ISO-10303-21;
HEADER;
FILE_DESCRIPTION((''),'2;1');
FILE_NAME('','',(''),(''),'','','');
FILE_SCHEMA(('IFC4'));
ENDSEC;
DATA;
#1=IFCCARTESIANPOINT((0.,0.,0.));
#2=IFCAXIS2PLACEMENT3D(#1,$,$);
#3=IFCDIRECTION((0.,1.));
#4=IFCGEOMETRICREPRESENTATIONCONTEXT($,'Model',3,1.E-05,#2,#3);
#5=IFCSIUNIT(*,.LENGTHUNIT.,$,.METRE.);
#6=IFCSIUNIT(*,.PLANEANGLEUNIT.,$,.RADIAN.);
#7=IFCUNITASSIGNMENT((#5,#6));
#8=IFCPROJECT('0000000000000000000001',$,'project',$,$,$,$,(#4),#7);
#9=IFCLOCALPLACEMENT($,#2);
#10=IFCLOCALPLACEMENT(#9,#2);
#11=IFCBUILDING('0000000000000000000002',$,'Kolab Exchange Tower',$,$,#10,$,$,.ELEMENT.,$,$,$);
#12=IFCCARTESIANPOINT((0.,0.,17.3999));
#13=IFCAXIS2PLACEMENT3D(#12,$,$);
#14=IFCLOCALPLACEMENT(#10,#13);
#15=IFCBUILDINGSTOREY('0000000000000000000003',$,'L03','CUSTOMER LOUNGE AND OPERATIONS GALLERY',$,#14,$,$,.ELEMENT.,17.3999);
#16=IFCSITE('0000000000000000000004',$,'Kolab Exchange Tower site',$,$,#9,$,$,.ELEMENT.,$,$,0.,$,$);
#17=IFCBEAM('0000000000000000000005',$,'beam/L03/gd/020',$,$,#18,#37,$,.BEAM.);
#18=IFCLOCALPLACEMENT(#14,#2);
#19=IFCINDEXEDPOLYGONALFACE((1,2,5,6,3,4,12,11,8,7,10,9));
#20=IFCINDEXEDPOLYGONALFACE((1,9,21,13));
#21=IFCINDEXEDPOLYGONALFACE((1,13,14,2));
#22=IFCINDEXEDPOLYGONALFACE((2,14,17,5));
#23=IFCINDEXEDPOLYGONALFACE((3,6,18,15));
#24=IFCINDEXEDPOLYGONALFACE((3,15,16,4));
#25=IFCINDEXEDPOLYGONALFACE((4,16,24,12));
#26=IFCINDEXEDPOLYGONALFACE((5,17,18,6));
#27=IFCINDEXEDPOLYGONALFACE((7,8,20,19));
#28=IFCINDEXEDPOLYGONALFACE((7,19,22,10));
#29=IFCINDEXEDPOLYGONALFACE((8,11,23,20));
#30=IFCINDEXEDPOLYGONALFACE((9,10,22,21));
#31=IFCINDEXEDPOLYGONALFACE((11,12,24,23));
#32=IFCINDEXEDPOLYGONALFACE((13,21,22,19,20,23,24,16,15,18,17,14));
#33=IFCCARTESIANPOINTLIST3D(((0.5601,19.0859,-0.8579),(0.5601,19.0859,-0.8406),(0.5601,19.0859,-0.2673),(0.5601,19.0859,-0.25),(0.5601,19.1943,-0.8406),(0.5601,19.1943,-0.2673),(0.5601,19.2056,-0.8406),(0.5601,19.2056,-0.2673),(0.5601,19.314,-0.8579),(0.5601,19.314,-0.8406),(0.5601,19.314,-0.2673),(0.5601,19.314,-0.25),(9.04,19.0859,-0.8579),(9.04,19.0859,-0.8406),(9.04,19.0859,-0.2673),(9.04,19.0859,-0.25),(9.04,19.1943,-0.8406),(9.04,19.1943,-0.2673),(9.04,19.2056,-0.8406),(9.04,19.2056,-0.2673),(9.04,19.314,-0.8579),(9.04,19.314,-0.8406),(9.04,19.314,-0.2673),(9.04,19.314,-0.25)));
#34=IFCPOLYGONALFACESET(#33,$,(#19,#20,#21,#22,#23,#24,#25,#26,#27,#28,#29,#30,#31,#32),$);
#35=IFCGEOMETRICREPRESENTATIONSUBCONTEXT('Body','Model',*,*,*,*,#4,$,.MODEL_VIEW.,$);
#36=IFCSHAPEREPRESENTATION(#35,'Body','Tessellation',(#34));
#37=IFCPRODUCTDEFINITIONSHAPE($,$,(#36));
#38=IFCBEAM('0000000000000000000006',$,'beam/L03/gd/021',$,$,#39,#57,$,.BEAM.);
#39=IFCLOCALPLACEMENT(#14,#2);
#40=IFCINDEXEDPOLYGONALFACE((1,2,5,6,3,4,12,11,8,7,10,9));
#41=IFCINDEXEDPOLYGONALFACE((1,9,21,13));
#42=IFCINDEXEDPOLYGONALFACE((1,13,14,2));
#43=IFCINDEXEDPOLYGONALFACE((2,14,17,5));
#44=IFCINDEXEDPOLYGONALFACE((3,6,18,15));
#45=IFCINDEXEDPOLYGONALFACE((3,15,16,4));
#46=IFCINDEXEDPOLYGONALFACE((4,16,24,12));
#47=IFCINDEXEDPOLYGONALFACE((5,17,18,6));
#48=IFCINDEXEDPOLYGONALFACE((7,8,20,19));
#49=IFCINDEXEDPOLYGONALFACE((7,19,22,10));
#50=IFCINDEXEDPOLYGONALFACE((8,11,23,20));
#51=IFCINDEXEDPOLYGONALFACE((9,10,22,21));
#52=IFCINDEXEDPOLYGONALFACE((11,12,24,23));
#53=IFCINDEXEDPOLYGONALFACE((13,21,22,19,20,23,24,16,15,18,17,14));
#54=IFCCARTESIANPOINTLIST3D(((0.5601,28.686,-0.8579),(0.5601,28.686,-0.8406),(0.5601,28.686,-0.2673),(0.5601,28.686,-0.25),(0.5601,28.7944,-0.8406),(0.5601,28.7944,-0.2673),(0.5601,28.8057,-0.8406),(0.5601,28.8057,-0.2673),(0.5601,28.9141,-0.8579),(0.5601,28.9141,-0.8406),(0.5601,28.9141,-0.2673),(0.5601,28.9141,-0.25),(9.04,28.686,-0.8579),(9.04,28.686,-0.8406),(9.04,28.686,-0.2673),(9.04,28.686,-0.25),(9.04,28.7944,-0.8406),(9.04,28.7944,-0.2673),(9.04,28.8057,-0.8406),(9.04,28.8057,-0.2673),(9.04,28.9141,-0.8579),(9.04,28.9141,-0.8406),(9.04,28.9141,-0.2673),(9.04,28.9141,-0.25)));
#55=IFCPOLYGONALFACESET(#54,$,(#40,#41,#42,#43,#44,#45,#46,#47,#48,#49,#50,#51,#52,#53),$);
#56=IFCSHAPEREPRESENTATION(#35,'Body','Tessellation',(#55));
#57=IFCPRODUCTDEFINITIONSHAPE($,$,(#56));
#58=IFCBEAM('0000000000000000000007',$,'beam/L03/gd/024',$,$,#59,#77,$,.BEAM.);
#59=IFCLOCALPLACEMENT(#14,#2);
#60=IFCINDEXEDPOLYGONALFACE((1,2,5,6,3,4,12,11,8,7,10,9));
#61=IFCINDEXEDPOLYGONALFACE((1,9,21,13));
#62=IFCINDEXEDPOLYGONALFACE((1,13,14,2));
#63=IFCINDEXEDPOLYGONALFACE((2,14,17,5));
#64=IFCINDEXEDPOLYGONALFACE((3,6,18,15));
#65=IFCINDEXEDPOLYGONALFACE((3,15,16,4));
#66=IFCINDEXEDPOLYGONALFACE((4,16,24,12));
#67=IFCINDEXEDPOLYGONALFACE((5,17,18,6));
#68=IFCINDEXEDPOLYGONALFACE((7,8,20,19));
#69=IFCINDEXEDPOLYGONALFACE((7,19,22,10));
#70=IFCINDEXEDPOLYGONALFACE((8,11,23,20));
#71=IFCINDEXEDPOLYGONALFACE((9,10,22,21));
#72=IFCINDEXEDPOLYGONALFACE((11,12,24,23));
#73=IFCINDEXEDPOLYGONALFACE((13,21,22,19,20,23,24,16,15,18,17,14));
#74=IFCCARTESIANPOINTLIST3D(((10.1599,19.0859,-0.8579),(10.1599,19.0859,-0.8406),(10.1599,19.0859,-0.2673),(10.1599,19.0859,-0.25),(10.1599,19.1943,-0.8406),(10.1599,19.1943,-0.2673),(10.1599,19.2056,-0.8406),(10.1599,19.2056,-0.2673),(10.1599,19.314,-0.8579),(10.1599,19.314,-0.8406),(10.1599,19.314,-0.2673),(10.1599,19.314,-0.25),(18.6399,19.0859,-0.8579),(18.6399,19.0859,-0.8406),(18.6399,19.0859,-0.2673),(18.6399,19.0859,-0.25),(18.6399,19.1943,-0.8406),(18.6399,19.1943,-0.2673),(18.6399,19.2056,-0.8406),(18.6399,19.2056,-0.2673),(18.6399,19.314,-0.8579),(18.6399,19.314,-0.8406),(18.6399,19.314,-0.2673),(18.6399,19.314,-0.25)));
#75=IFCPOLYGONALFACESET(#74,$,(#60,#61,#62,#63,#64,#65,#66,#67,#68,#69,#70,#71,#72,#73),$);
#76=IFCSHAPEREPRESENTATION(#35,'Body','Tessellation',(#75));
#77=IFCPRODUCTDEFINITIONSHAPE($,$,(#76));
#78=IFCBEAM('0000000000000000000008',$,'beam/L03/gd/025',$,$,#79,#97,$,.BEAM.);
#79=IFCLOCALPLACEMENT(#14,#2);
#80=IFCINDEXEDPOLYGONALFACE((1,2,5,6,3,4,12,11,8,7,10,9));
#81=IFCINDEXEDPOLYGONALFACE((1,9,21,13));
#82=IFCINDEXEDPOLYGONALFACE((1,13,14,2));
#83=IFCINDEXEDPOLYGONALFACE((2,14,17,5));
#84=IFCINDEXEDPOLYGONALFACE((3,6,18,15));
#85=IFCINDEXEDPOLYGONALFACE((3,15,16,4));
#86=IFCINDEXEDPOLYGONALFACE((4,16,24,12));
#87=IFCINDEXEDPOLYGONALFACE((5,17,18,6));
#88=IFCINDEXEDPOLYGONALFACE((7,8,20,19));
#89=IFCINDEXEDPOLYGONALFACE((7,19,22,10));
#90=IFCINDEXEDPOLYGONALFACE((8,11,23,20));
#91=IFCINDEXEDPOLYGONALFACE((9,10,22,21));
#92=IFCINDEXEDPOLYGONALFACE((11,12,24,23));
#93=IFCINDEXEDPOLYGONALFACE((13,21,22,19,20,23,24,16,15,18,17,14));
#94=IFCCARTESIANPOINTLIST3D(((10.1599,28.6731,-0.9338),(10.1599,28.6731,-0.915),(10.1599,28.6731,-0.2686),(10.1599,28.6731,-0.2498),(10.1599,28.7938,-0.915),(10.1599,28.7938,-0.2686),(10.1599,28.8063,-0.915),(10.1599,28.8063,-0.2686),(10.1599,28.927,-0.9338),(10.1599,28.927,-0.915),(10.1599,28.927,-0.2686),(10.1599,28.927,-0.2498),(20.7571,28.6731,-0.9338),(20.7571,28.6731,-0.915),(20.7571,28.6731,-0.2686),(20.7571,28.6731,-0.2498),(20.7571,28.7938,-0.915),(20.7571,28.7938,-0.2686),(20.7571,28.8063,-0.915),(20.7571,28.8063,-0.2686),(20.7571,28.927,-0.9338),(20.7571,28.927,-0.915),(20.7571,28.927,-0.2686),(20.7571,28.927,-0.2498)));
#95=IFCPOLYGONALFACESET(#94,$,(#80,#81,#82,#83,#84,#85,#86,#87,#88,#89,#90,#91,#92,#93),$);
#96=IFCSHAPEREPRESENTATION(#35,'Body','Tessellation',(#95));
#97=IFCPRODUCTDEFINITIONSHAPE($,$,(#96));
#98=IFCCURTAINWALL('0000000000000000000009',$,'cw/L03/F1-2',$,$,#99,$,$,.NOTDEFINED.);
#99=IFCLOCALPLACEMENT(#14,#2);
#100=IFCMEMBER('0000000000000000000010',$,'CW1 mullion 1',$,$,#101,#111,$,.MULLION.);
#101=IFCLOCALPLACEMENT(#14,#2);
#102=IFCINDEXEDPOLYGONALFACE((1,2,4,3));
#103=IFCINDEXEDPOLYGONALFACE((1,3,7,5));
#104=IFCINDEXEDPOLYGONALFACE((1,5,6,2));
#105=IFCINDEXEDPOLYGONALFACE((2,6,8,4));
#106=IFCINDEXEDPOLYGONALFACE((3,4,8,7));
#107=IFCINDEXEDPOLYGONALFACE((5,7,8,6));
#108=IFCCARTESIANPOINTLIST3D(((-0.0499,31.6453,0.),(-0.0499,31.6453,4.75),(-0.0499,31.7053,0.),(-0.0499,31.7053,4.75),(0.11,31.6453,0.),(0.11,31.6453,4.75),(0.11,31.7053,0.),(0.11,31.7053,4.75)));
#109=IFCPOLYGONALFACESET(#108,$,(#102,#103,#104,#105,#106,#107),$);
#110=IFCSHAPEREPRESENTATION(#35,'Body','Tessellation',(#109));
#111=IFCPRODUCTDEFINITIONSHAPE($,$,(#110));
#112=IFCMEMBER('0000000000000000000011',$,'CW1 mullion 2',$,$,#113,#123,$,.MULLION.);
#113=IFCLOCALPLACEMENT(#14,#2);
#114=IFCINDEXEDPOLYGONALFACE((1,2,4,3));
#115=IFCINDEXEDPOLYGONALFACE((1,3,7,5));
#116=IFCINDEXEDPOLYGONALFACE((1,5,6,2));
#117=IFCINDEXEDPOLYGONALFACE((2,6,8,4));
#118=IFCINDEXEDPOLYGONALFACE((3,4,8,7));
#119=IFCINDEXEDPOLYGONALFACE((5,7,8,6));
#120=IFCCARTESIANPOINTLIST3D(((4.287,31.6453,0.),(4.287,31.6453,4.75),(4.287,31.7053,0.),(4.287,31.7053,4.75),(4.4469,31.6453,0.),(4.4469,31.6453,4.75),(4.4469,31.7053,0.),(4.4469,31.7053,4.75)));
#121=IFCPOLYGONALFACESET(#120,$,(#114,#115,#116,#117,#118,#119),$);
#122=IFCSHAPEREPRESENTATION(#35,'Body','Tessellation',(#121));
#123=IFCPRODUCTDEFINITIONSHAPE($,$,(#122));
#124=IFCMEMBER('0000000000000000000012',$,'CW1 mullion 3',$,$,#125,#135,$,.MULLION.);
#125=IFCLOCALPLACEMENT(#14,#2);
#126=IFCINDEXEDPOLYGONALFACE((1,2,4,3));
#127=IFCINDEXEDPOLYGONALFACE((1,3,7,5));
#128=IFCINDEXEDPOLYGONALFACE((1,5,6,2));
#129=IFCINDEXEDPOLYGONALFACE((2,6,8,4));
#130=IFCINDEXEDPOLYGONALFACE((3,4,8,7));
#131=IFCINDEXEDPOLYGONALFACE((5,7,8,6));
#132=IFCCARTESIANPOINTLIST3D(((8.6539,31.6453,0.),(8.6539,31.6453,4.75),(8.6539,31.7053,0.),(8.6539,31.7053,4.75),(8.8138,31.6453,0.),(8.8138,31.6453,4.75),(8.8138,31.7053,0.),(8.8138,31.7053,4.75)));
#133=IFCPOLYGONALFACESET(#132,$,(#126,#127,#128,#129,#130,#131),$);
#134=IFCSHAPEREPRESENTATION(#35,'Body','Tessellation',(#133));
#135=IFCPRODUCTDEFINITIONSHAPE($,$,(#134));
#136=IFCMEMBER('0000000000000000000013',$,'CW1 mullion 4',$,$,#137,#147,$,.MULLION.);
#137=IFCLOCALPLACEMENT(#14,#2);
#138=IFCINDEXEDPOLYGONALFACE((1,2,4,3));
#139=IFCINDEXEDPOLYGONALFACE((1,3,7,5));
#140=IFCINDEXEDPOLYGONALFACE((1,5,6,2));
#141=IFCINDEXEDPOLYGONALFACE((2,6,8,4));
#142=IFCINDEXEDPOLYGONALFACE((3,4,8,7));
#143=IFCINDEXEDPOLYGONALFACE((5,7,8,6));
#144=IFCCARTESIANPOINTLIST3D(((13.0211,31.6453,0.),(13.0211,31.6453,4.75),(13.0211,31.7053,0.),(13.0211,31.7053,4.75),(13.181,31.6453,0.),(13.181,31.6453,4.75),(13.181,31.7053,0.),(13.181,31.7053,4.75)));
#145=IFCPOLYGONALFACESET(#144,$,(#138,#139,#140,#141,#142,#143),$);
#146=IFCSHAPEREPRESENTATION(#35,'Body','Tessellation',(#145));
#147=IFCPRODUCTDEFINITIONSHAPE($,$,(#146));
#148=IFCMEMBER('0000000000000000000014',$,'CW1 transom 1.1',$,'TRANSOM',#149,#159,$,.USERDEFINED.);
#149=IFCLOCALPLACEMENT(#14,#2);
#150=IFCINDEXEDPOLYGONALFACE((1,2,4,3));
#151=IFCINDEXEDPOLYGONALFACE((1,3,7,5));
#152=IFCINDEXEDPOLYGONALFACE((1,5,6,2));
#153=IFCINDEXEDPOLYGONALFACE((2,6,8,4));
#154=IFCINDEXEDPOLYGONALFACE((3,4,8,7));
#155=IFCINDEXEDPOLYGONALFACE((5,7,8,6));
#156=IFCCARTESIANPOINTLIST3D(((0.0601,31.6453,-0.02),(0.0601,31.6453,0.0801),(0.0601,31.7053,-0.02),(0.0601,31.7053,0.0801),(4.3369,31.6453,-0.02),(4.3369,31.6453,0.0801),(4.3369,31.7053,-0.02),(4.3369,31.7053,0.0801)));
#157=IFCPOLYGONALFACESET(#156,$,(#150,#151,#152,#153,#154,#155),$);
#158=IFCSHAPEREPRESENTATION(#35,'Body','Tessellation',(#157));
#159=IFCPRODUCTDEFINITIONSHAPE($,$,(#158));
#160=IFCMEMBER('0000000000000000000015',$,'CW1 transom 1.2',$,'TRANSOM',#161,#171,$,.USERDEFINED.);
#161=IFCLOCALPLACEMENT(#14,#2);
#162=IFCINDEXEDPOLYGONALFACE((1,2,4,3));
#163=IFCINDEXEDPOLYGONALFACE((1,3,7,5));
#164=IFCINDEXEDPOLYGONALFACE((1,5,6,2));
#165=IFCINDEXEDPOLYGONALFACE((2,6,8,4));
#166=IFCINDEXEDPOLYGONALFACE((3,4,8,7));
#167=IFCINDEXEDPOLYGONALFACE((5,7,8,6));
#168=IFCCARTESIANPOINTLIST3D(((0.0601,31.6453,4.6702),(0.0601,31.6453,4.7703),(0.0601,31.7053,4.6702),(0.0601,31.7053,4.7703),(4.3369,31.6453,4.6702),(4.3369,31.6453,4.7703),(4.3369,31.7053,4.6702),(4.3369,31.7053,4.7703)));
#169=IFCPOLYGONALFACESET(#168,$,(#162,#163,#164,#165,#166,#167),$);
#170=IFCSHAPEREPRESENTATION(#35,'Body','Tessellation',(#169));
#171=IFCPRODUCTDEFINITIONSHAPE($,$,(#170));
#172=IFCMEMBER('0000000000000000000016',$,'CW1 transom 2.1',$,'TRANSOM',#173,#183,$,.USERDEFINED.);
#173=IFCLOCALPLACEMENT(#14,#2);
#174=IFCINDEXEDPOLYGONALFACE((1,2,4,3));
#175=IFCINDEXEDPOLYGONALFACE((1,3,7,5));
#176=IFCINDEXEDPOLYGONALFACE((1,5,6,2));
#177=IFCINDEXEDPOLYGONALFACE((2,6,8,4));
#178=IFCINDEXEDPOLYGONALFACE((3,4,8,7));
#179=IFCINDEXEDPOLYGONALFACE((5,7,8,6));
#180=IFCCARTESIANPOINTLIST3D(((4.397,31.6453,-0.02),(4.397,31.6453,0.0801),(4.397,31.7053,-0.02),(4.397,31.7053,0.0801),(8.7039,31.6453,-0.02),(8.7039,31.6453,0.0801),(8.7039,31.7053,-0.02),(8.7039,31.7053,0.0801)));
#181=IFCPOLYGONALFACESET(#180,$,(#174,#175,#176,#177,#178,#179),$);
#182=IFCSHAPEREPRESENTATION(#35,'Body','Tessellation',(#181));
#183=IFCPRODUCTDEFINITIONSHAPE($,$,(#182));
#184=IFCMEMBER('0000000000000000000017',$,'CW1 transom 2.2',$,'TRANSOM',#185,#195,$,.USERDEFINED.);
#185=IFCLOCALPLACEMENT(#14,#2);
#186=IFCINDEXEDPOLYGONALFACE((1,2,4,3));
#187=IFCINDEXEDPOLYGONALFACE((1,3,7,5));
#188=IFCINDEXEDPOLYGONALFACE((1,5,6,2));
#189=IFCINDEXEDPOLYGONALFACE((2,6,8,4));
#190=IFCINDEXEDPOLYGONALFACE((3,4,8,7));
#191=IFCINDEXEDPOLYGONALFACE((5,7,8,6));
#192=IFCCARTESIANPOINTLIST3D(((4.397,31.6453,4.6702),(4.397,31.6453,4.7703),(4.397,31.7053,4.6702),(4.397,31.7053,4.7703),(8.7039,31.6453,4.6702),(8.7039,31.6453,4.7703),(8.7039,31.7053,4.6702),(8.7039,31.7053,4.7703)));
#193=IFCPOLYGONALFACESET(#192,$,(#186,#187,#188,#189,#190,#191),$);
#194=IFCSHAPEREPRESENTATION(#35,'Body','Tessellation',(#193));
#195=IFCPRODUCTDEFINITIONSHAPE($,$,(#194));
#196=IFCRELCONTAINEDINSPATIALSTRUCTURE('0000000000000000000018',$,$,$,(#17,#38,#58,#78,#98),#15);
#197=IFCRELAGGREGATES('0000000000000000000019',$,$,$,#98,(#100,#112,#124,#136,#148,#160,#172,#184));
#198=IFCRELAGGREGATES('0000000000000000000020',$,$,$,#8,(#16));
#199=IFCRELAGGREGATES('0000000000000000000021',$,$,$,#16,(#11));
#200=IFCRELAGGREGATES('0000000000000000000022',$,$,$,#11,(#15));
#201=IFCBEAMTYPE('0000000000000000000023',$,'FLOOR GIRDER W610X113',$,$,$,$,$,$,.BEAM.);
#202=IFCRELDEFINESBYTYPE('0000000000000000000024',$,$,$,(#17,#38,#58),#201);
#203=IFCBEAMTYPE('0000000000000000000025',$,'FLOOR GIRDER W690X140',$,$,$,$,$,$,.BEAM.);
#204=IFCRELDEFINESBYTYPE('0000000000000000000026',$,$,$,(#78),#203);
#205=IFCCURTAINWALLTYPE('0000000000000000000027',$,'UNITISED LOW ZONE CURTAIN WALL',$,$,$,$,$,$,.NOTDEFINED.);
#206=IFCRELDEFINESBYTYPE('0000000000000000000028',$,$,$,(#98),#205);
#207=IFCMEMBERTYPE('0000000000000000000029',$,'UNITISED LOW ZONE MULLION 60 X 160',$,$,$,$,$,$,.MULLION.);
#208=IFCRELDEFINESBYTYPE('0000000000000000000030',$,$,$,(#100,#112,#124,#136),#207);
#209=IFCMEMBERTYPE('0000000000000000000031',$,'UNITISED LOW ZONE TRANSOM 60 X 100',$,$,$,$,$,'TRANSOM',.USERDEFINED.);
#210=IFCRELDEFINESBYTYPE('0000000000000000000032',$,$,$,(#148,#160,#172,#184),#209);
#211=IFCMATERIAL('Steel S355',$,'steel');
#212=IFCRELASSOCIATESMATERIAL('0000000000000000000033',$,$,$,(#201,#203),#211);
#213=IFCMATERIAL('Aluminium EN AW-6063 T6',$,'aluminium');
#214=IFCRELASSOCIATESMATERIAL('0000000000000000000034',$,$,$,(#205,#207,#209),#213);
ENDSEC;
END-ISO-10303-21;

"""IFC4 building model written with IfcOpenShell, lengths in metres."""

from ifc_helpers import new_model, si_unit, direction, frame, origin, origin_2d, place, context, subcontext, project, spatial, rectangle, i_section, extrude, material, material_profile, profile_set, type_object, element, aggregate, save


model = new_model("IFC4")

# Units and contexts
model_context = context("Model", 3, precision=1e-05, world=origin(), true_north=direction((0.0, 1.0)))
body_context = subcontext(model_context, "Body", "Model", "MODEL_VIEW")
ifc_project = project(units=[si_unit("LENGTHUNIT", "METRE"), si_unit("PLANEANGLEUNIT", "RADIAN")], contexts=[model_context])

# Site, building, storey
site_placement = place(None, origin())
site = spatial("IfcSite", under=ifc_project, at=site_placement, Name="Kolab Exchange Tower site", CompositionType="ELEMENT", RefElevation=0.0)
building_placement = place(site_placement, origin())
building = spatial("IfcBuilding", under=site, at=building_placement, Name="Kolab Exchange Tower", CompositionType="ELEMENT")
storey_placement = place(building_placement, frame((0.0, 0.0, 17.3999)))
storey = spatial("IfcBuildingStorey", under=building, at=storey_placement, Name="L03", Description="CUSTOMER LOUNGE AND OPERATIONS GALLERY", CompositionType="ELEMENT", Elevation=17.3999)

# Beams
ifc_material_1 = material(Name="Steel S355", Category="steel")
ifc_material_profile_1 = material_profile(ifc_material_1, i_section(OverallWidth=0.228, OverallDepth=0.6079, WebThickness=0.0112, FlangeThickness=0.0173, at=origin_2d()), Name="W610X113")
ifc_profile_set_1 = profile_set([ifc_material_profile_1], Name="Steel S355")
beam_type_1 = type_object("IfcBeamType", Name="FLOOR GIRDER W610X113", PredefinedType="BEAM", material=ifc_profile_set_1)
for number, where, z_axis, x_axis, name in (
    (1, (0.5601, 19.2, -0.554), (1.0, 0.0, 0.0), (0.0, 1.0, 0.0), "beam/L03/gd/020"),
    (2, (0.5601, 28.8, -0.554), (1.0, 0.0, 0.0), (0.0, 1.0, 0.0), "beam/L03/gd/021"),
    (3, (10.1599, 19.2, -0.554), (1.0, 0.0, 0.0), (0.0, 1.0, 0.0), "beam/L03/gd/024"),
):
    element("IfcBeam", number, at=place(storey_placement, frame(where, z_axis=z_axis, x_axis=x_axis)), inside=storey, type_object=beam_type_1, Name=name, PredefinedType="BEAM", context=body_context, shape_type="SweptSolid", body=[
        extrude(i_section(OverallWidth=0.228, OverallDepth=0.6079, WebThickness=0.0112, FlangeThickness=0.0173, at=origin_2d()), origin(), (0.0, 0.0, 1.0), 8.48),
    ])
ifc_material_profile_2 = material_profile(ifc_material_1, i_section(OverallWidth=0.2539, OverallDepth=0.6841, WebThickness=0.0125, FlangeThickness=0.0188, at=origin_2d()), Name="W690X140")
ifc_profile_set_2 = profile_set([ifc_material_profile_2], Name="Steel S355")
beam_type_2 = type_object("IfcBeamType", Name="FLOOR GIRDER W690X140", PredefinedType="BEAM", material=ifc_profile_set_2)
beam_1_placement = place(storey_placement, frame((10.1599, 28.8, -0.5918), z_axis=(1.0, 0.0, 0.0), x_axis=(0.0, 1.0, 0.0)))
element("IfcBeam", 4, at=beam_1_placement, inside=storey, type_object=beam_type_2, Name="beam/L03/gd/025", PredefinedType="BEAM", context=body_context, shape_type="SweptSolid", body=[
    extrude(i_section(OverallWidth=0.2539, OverallDepth=0.6841, WebThickness=0.0125, FlangeThickness=0.0188, at=origin_2d()), origin(), (0.0, 0.0, 1.0), 10.5972),
])

# Curtain wall, members
ifc_material_2 = material(Name="Aluminium EN AW-6063 T6", Category="aluminium")
curtain_wall_type = type_object("IfcCurtainWallType", Name="UNITISED LOW ZONE CURTAIN WALL", PredefinedType="NOTDEFINED", material=ifc_material_2)
curtain_wall_placement = place(storey_placement, origin())
curtain_wall = element("IfcCurtainWall", 5, at=curtain_wall_placement, inside=storey, type_object=curtain_wall_type, Name="cw/L03/F1-2", PredefinedType="NOTDEFINED")
ifc_material_profile_3 = material_profile(ifc_material_2, rectangle(XDim=0.0601, YDim=0.1599, at=origin_2d()), Name="RECT 60X160")
ifc_profile_set_3 = profile_set([ifc_material_profile_3], Name="Aluminium EN AW-6063 T6")
member_type_1 = type_object("IfcMemberType", Name="UNITISED LOW ZONE MULLION 60 X 160", PredefinedType="MULLION", material=ifc_profile_set_3)
member_1_placement = place(storey_placement, frame((0.03, 31.6753, 0.0), z_axis=(0.0, 0.0, 1.0), x_axis=(0.0, 1.0, 0.0)))
member_1 = element("IfcMember", 6, at=member_1_placement, type_object=member_type_1, Name="CW1 mullion 1", PredefinedType="MULLION", context=body_context, shape_type="SweptSolid", body=[
    extrude(rectangle(XDim=0.0601, YDim=0.1599, at=origin_2d()), origin(), (0.0, 0.0, 1.0), 4.75),
])
member_2_placement = place(storey_placement, frame((4.3669, 31.6753, 0.0), z_axis=(0.0, 0.0, 1.0), x_axis=(0.0, 1.0, 0.0)))
member_2 = element("IfcMember", 7, at=member_2_placement, type_object=member_type_1, Name="CW1 mullion 2", PredefinedType="MULLION", context=body_context, shape_type="SweptSolid", body=[
    extrude(rectangle(XDim=0.0601, YDim=0.1599, at=origin_2d()), origin(), (0.0, 0.0, 1.0), 4.75),
])
member_3_placement = place(storey_placement, frame((8.7339, 31.6753, 0.0), z_axis=(0.0, 0.0, 1.0), x_axis=(0.0, 1.0, 0.0)))
member_3 = element("IfcMember", 8, at=member_3_placement, type_object=member_type_1, Name="CW1 mullion 3", PredefinedType="MULLION", context=body_context, shape_type="SweptSolid", body=[
    extrude(rectangle(XDim=0.0601, YDim=0.1599, at=origin_2d()), origin(), (0.0, 0.0, 1.0), 4.75),
])
member_4_placement = place(storey_placement, frame((13.1011, 31.6753, 0.0), z_axis=(0.0, 0.0, 1.0), x_axis=(0.0, 1.0, 0.0)))
member_4 = element("IfcMember", 9, at=member_4_placement, type_object=member_type_1, Name="CW1 mullion 4", PredefinedType="MULLION", context=body_context, shape_type="SweptSolid", body=[
    extrude(rectangle(XDim=0.0601, YDim=0.1599, at=origin_2d()), origin(), (0.0, 0.0, 1.0), 4.75),
])
ifc_material_profile_4 = material_profile(ifc_material_2, rectangle(XDim=0.0601, YDim=0.1001, at=origin_2d()), Name="RECT 60X100")
ifc_profile_set_4 = profile_set([ifc_material_profile_4], Name="Aluminium EN AW-6063 T6")
member_type_2 = type_object("IfcMemberType", Name="UNITISED LOW ZONE TRANSOM 60 X 100", ElementType="TRANSOM", PredefinedType="USERDEFINED", material=ifc_profile_set_4)
member_5_placement = place(storey_placement, frame((0.0601, 31.6753, 0.03), z_axis=(1.0, 0.0, 0.0), x_axis=(0.0, 1.0, 0.0)))
member_5 = element("IfcMember", 10, at=member_5_placement, type_object=member_type_2, Name="CW1 transom 1.1", ObjectType="TRANSOM", PredefinedType="USERDEFINED", context=body_context, shape_type="SweptSolid", body=[
    extrude(rectangle(XDim=0.0601, YDim=0.1001, at=origin_2d()), origin(), (0.0, 0.0, 1.0), 4.2769),
])
member_6_placement = place(storey_placement, frame((0.0601, 31.6753, 4.7202), z_axis=(1.0, 0.0, 0.0), x_axis=(0.0, 1.0, 0.0)))
member_6 = element("IfcMember", 11, at=member_6_placement, type_object=member_type_2, Name="CW1 transom 1.2", ObjectType="TRANSOM", PredefinedType="USERDEFINED", context=body_context, shape_type="SweptSolid", body=[
    extrude(rectangle(XDim=0.0601, YDim=0.1001, at=origin_2d()), origin(), (0.0, 0.0, 1.0), 4.2769),
])
member_7_placement = place(storey_placement, frame((4.397, 31.6753, 0.03), z_axis=(1.0, 0.0, 0.0), x_axis=(0.0, 1.0, 0.0)))
member_7 = element("IfcMember", 12, at=member_7_placement, type_object=member_type_2, Name="CW1 transom 2.1", ObjectType="TRANSOM", PredefinedType="USERDEFINED", context=body_context, shape_type="SweptSolid", body=[
    extrude(rectangle(XDim=0.0601, YDim=0.1001, at=origin_2d()), origin(), (0.0, 0.0, 1.0), 4.3069),
])
member_8_placement = place(storey_placement, frame((4.397, 31.6753, 4.7202), z_axis=(1.0, 0.0, 0.0), x_axis=(0.0, 1.0, 0.0)))
member_8 = element("IfcMember", 13, at=member_8_placement, type_object=member_type_2, Name="CW1 transom 2.2", ObjectType="TRANSOM", PredefinedType="USERDEFINED", context=body_context, shape_type="SweptSolid", body=[
    extrude(rectangle(XDim=0.0601, YDim=0.1001, at=origin_2d()), origin(), (0.0, 0.0, 1.0), 4.3069),
])
aggregate(curtain_wall, [member_1, member_2, member_3, member_4, member_5, member_6, member_7, member_8])

save(model, "model.ifc")
